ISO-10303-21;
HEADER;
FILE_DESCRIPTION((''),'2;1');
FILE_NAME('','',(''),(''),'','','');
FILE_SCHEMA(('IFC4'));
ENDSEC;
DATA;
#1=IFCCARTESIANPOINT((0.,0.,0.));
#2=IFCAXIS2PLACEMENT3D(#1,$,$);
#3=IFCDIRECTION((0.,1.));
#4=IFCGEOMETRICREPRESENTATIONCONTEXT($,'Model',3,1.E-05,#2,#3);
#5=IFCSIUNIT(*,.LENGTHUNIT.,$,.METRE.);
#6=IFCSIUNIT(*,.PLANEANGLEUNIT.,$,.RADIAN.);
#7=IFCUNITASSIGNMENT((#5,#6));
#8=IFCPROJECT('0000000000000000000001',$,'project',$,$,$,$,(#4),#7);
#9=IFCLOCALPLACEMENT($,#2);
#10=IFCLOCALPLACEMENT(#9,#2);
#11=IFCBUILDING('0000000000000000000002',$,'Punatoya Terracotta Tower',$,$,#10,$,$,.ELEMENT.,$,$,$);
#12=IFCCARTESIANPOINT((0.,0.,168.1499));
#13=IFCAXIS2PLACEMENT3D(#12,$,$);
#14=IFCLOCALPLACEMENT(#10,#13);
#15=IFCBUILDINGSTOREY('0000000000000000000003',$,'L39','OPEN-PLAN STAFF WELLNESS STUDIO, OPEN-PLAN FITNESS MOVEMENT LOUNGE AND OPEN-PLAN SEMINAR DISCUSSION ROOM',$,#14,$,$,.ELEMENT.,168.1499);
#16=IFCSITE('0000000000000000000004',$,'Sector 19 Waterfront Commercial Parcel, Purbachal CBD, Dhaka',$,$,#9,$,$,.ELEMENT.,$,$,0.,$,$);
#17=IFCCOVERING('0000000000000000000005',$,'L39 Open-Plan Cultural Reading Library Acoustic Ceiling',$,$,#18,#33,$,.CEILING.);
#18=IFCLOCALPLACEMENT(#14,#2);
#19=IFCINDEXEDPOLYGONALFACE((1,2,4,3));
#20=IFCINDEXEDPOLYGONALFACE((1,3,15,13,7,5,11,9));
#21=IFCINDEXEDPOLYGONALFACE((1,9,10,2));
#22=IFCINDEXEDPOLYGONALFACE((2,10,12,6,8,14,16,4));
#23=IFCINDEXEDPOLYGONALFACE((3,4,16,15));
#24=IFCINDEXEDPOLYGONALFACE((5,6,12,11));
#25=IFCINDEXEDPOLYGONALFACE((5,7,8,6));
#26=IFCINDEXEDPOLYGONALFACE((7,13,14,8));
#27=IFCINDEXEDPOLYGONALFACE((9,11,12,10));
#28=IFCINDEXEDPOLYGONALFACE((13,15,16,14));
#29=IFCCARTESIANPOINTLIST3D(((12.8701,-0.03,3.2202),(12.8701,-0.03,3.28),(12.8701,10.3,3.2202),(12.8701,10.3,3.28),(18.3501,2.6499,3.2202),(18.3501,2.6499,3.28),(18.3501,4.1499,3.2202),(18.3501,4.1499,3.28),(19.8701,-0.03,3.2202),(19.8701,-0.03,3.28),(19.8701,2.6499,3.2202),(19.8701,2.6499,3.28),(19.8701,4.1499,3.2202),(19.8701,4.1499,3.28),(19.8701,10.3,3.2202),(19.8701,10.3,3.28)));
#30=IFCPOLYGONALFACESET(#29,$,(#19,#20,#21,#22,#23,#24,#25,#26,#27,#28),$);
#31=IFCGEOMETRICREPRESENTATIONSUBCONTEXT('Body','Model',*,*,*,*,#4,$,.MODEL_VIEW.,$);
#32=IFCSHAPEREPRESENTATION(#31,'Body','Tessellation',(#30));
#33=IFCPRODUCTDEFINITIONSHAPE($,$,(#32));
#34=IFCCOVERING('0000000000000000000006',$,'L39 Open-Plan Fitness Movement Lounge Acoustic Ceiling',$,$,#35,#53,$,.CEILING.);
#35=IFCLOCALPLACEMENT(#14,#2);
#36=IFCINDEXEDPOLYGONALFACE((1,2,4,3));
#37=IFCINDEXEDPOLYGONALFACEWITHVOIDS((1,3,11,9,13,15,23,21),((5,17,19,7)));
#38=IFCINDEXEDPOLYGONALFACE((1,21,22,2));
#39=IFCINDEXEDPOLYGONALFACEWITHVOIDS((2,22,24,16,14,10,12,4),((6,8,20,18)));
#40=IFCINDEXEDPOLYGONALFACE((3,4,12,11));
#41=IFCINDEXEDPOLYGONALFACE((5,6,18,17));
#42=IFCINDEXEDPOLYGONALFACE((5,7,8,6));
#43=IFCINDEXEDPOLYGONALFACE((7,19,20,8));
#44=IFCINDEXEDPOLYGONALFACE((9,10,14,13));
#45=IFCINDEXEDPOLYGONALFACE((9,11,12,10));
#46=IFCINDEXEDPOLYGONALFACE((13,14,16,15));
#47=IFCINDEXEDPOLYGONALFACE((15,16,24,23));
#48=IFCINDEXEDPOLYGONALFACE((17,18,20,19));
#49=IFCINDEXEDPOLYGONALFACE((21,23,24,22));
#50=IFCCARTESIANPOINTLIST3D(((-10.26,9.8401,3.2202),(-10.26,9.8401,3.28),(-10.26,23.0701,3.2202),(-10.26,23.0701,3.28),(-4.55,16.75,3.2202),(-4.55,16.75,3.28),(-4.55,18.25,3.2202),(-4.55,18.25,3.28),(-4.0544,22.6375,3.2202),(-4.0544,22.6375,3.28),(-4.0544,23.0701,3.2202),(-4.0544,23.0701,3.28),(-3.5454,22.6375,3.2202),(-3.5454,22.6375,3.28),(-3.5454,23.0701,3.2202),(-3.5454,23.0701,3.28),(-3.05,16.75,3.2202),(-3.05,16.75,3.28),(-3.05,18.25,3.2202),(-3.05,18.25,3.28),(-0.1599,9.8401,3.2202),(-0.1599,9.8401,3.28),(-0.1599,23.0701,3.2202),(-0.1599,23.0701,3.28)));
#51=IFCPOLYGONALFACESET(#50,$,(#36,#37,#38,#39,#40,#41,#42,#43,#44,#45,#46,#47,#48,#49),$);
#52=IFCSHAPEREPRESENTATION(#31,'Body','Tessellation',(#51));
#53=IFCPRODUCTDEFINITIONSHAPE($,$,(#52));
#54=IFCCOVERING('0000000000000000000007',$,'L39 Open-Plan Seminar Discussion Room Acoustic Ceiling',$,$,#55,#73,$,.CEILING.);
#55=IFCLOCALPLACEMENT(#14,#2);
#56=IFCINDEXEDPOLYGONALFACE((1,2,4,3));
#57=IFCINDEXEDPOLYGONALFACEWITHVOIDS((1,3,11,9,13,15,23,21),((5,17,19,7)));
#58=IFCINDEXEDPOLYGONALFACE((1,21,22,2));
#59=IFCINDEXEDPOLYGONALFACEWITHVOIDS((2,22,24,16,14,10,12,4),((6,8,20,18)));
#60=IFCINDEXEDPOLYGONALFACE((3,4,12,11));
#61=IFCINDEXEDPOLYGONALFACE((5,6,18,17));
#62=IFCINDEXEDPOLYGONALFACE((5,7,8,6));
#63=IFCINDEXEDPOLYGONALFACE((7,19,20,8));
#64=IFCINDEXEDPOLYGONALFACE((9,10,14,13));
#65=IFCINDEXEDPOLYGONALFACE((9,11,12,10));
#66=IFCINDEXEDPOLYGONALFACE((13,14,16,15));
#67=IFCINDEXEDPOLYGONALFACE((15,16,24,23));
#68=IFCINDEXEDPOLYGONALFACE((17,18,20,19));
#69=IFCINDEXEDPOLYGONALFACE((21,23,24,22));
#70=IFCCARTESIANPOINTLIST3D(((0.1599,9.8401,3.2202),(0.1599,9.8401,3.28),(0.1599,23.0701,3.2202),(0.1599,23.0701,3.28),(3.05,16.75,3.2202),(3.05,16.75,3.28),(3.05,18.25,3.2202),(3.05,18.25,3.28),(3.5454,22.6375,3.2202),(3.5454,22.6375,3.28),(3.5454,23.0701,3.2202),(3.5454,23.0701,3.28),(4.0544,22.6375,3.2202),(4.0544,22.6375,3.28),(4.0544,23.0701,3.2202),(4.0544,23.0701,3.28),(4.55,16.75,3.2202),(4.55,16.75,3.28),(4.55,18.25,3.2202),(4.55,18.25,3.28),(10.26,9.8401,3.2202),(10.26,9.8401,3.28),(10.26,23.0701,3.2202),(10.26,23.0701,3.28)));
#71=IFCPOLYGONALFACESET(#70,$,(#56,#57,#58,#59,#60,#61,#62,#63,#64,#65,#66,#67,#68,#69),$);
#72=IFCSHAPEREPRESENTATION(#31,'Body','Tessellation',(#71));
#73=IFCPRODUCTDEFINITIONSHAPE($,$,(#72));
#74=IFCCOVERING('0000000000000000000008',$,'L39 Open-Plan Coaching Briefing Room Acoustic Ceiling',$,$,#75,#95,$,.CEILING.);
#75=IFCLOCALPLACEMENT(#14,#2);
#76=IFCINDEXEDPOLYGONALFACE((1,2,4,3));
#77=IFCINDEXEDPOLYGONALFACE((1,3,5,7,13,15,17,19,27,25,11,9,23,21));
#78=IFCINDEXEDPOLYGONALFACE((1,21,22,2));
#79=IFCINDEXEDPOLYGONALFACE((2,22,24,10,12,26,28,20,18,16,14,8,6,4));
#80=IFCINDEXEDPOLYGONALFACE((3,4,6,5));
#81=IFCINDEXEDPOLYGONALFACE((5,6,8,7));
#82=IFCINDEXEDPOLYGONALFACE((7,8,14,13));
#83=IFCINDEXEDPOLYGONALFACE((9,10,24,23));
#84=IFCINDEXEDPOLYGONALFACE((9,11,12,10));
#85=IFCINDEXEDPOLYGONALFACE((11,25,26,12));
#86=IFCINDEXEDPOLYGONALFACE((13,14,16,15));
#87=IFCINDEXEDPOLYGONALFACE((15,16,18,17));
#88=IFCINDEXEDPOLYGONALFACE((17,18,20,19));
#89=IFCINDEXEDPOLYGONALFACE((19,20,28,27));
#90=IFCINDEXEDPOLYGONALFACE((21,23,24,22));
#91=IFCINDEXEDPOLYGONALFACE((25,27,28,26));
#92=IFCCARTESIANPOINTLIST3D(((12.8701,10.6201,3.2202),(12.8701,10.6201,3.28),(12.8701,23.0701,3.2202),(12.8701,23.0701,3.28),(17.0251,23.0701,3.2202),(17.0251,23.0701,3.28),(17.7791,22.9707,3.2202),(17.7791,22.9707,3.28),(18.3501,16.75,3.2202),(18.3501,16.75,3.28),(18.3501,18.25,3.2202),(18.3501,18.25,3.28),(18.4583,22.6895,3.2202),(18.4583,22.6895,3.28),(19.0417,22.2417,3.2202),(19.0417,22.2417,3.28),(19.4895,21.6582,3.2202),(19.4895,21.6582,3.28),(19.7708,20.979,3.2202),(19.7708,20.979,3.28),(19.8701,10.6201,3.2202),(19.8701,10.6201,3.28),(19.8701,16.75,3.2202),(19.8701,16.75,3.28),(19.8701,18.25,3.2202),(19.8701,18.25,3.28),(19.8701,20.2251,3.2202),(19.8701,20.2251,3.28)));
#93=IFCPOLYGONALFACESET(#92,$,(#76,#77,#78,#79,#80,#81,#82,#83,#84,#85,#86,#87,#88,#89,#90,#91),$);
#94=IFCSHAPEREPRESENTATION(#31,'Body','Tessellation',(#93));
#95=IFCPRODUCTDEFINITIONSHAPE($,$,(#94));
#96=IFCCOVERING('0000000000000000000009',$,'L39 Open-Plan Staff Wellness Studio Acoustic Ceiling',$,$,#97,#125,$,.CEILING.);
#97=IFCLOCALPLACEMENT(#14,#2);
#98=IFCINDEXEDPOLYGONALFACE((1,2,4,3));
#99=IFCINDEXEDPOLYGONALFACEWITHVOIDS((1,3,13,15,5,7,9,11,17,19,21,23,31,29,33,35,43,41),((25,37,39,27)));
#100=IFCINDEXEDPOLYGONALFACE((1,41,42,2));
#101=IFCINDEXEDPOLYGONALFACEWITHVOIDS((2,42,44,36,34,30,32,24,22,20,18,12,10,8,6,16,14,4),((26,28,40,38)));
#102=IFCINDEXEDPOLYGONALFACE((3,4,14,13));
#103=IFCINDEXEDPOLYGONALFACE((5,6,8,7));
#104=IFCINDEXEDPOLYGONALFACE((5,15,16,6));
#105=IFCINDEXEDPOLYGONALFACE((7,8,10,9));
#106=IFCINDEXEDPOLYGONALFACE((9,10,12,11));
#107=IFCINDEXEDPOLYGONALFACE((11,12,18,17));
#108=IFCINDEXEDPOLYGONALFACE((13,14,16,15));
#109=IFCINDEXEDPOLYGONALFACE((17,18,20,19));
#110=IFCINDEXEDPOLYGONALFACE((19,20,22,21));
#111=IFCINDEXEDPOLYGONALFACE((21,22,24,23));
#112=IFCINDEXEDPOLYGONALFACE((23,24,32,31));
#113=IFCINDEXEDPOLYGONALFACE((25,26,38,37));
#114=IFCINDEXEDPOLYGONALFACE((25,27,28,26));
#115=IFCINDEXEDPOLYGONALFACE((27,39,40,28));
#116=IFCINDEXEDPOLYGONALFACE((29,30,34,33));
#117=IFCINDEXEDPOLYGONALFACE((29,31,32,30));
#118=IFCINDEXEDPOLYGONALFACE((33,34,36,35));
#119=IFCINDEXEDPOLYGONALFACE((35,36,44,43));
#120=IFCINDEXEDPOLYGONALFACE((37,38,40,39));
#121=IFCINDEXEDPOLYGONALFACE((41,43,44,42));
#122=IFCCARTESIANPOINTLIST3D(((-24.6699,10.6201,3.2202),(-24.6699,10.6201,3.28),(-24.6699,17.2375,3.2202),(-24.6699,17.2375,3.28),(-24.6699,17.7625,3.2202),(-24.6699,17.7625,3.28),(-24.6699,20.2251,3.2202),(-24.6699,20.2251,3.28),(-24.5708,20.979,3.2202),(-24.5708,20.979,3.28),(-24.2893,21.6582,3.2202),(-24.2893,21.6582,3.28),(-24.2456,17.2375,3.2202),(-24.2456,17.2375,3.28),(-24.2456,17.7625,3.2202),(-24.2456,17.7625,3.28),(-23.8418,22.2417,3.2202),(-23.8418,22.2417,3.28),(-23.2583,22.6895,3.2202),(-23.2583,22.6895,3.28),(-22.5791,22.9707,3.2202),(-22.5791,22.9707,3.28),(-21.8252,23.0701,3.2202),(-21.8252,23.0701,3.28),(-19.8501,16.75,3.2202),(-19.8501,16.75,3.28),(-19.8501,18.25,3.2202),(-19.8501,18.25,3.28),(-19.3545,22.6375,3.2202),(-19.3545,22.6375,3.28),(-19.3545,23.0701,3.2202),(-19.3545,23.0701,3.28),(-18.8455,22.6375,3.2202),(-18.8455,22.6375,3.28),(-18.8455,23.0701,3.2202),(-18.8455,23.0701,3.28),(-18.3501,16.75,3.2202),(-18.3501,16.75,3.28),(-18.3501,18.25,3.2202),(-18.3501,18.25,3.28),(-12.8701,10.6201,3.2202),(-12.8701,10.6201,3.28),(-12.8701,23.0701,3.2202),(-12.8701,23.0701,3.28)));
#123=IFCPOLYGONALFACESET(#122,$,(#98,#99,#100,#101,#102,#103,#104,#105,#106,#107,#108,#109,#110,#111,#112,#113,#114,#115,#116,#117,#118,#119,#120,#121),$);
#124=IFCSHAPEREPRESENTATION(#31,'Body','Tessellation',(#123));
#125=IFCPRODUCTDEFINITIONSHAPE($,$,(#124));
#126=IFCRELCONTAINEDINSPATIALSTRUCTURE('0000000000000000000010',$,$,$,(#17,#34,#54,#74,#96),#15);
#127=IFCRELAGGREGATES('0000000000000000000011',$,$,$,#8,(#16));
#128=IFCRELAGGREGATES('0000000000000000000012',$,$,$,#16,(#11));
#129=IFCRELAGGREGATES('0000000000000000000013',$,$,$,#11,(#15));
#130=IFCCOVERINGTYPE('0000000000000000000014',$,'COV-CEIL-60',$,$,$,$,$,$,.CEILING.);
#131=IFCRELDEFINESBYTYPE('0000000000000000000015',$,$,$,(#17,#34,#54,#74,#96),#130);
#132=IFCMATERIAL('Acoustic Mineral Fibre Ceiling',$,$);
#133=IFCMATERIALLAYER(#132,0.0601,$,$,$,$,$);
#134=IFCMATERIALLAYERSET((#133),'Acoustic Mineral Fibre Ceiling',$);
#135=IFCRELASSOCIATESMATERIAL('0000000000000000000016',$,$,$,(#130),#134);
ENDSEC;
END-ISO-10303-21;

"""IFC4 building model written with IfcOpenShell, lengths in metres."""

from ifc_helpers import new_model, si_unit, direction, frame, origin, place, context, subcontext, project, spatial, polyline, outline, extrude, material, layer, layer_set, type_object, element, save


model = new_model("IFC4")

# Units and contexts
model_context = context("Model", 3, precision=1e-05, world=origin(), true_north=direction((0.0, 1.0)))
body_context = subcontext(model_context, "Body", "Model", "MODEL_VIEW")
ifc_project = project(units=[si_unit("LENGTHUNIT", "METRE"), si_unit("PLANEANGLEUNIT", "RADIAN")], contexts=[model_context])

# Site, building, storey
site_placement = place(None, origin())
site = spatial("IfcSite", under=ifc_project, at=site_placement, Name="Sector 19 Waterfront Commercial Parcel, Purbachal CBD, Dhaka", CompositionType="ELEMENT", RefElevation=0.0)
building_placement = place(site_placement, origin())
building = spatial("IfcBuilding", under=site, at=building_placement, Name="Punatoya Terracotta Tower", CompositionType="ELEMENT")
storey_placement = place(building_placement, frame((0.0, 0.0, 168.1499)))
storey = spatial("IfcBuildingStorey", under=building, at=storey_placement, Name="L39", Description="OPEN-PLAN STAFF WELLNESS STUDIO, OPEN-PLAN FITNESS MOVEMENT LOUNGE AND OPEN-PLAN SEMINAR DISCUSSION ROOM", CompositionType="ELEMENT", Elevation=168.1499)

# Coverings
ifc_material_1 = material(Name="Acoustic Mineral Fibre Ceiling")
ifc_layer_1 = layer(ifc_material_1, 0.0601)
ifc_layer_set_1 = layer_set([ifc_layer_1], Name="Acoustic Mineral Fibre Ceiling")
covering_type = type_object("IfcCoveringType", Name="COV-CEIL-60", PredefinedType="CEILING", material=ifc_layer_set_1)
covering_1_placement = place(storey_placement, frame((0.0, 0.0, 3.2202)))
element("IfcCovering", 1, at=covering_1_placement, inside=storey, type_object=covering_type, Name="L39 Open-Plan Cultural Reading Library Acoustic Ceiling", PredefinedType="CEILING", context=body_context, shape_type="SweptSolid", body=[
    extrude(outline(polyline([(18.3501, 4.1499), (19.8701, 4.1499), (19.8701, 10.3), (12.8701, 10.3), (12.8701, -0.03), (19.8701, -0.03), (19.8701, 2.6499), (18.3501, 2.6499), (18.3501, 4.1499)])), origin(), (0.0, 0.0, 1.0), 0.0598),
])
covering_2_placement = place(storey_placement, frame((0.0, 0.0, 3.2202)))
element("IfcCovering", 2, at=covering_2_placement, inside=storey, type_object=covering_type, Name="L39 Open-Plan Fitness Movement Lounge Acoustic Ceiling", PredefinedType="CEILING", context=body_context, shape_type="SweptSolid", body=[
    extrude(outline(polyline([(-3.5454, 23.0701), (-3.5454, 22.6375), (-4.0544, 22.6375), (-4.0544, 23.0701), (-10.26, 23.0701), (-10.26, 9.8401), (-0.1599, 9.8401), (-0.1599, 23.0701), (-3.5454, 23.0701)]), holes=[polyline([(-4.55, 16.75), (-4.55, 18.25), (-3.05, 18.25), (-3.05, 16.75), (-4.55, 16.75)])]), origin(), (0.0, 0.0, 1.0), 0.0598),
])
covering_3_placement = place(storey_placement, frame((0.0, 0.0, 3.2202)))
element("IfcCovering", 3, at=covering_3_placement, inside=storey, type_object=covering_type, Name="L39 Open-Plan Seminar Discussion Room Acoustic Ceiling", PredefinedType="CEILING", context=body_context, shape_type="SweptSolid", body=[
    extrude(outline(polyline([(10.26, 9.8401), (10.26, 23.0701), (4.0544, 23.0701), (4.0544, 22.6375), (3.5454, 22.6375), (3.5454, 23.0701), (0.1599, 23.0701), (0.1599, 9.8401), (10.26, 9.8401)]), holes=[polyline([(4.55, 16.75), (3.05, 16.75), (3.05, 18.25), (4.55, 18.25), (4.55, 16.75)])]), origin(), (0.0, 0.0, 1.0), 0.0598),
])
covering_4_placement = place(storey_placement, frame((0.0, 0.0, 3.2202)))
element("IfcCovering", 4, at=covering_4_placement, inside=storey, type_object=covering_type, Name="L39 Open-Plan Coaching Briefing Room Acoustic Ceiling", PredefinedType="CEILING", context=body_context, shape_type="SweptSolid", body=[
    extrude(outline(polyline([(17.7791, 22.9707), (17.0251, 23.0701), (12.8701, 23.0701), (12.8701, 10.6201), (19.8701, 10.6201), (19.8701, 16.75), (18.3501, 16.75), (18.3501, 18.25), (19.8701, 18.25), (19.8701, 20.2251), (19.7708, 20.979), (19.4895, 21.6582), (19.0417, 22.2417), (18.4583, 22.6895), (17.7791, 22.9707)])), origin(), (0.0, 0.0, 1.0), 0.0598),
])
covering_5_placement = place(storey_placement, frame((0.0, 0.0, 3.2202)))
element("IfcCovering", 5, at=covering_5_placement, inside=storey, type_object=covering_type, Name="L39 Open-Plan Staff Wellness Studio Acoustic Ceiling", PredefinedType="CEILING", context=body_context, shape_type="SweptSolid", body=[
    extrude(outline(polyline([(-18.8455, 23.0701), (-18.8455, 22.6375), (-19.3545, 22.6375), (-19.3545, 23.0701), (-21.8252, 23.0701), (-22.5791, 22.9707), (-23.2583, 22.6895), (-23.8418, 22.2417), (-24.2893, 21.6582), (-24.5708, 20.979), (-24.6699, 20.2251), (-24.6699, 17.7625), (-24.2456, 17.7625), (-24.2456, 17.2375), (-24.6699, 17.2375), (-24.6699, 10.6201), (-12.8701, 10.6201), (-12.8701, 23.0701), (-18.8455, 23.0701)]), holes=[polyline([(-19.8501, 18.25), (-18.3501, 18.25), (-18.3501, 16.75), (-19.8501, 16.75), (-19.8501, 18.25)])]), origin(), (0.0, 0.0, 1.0), 0.0598),
])

save(model, "model.ifc")
